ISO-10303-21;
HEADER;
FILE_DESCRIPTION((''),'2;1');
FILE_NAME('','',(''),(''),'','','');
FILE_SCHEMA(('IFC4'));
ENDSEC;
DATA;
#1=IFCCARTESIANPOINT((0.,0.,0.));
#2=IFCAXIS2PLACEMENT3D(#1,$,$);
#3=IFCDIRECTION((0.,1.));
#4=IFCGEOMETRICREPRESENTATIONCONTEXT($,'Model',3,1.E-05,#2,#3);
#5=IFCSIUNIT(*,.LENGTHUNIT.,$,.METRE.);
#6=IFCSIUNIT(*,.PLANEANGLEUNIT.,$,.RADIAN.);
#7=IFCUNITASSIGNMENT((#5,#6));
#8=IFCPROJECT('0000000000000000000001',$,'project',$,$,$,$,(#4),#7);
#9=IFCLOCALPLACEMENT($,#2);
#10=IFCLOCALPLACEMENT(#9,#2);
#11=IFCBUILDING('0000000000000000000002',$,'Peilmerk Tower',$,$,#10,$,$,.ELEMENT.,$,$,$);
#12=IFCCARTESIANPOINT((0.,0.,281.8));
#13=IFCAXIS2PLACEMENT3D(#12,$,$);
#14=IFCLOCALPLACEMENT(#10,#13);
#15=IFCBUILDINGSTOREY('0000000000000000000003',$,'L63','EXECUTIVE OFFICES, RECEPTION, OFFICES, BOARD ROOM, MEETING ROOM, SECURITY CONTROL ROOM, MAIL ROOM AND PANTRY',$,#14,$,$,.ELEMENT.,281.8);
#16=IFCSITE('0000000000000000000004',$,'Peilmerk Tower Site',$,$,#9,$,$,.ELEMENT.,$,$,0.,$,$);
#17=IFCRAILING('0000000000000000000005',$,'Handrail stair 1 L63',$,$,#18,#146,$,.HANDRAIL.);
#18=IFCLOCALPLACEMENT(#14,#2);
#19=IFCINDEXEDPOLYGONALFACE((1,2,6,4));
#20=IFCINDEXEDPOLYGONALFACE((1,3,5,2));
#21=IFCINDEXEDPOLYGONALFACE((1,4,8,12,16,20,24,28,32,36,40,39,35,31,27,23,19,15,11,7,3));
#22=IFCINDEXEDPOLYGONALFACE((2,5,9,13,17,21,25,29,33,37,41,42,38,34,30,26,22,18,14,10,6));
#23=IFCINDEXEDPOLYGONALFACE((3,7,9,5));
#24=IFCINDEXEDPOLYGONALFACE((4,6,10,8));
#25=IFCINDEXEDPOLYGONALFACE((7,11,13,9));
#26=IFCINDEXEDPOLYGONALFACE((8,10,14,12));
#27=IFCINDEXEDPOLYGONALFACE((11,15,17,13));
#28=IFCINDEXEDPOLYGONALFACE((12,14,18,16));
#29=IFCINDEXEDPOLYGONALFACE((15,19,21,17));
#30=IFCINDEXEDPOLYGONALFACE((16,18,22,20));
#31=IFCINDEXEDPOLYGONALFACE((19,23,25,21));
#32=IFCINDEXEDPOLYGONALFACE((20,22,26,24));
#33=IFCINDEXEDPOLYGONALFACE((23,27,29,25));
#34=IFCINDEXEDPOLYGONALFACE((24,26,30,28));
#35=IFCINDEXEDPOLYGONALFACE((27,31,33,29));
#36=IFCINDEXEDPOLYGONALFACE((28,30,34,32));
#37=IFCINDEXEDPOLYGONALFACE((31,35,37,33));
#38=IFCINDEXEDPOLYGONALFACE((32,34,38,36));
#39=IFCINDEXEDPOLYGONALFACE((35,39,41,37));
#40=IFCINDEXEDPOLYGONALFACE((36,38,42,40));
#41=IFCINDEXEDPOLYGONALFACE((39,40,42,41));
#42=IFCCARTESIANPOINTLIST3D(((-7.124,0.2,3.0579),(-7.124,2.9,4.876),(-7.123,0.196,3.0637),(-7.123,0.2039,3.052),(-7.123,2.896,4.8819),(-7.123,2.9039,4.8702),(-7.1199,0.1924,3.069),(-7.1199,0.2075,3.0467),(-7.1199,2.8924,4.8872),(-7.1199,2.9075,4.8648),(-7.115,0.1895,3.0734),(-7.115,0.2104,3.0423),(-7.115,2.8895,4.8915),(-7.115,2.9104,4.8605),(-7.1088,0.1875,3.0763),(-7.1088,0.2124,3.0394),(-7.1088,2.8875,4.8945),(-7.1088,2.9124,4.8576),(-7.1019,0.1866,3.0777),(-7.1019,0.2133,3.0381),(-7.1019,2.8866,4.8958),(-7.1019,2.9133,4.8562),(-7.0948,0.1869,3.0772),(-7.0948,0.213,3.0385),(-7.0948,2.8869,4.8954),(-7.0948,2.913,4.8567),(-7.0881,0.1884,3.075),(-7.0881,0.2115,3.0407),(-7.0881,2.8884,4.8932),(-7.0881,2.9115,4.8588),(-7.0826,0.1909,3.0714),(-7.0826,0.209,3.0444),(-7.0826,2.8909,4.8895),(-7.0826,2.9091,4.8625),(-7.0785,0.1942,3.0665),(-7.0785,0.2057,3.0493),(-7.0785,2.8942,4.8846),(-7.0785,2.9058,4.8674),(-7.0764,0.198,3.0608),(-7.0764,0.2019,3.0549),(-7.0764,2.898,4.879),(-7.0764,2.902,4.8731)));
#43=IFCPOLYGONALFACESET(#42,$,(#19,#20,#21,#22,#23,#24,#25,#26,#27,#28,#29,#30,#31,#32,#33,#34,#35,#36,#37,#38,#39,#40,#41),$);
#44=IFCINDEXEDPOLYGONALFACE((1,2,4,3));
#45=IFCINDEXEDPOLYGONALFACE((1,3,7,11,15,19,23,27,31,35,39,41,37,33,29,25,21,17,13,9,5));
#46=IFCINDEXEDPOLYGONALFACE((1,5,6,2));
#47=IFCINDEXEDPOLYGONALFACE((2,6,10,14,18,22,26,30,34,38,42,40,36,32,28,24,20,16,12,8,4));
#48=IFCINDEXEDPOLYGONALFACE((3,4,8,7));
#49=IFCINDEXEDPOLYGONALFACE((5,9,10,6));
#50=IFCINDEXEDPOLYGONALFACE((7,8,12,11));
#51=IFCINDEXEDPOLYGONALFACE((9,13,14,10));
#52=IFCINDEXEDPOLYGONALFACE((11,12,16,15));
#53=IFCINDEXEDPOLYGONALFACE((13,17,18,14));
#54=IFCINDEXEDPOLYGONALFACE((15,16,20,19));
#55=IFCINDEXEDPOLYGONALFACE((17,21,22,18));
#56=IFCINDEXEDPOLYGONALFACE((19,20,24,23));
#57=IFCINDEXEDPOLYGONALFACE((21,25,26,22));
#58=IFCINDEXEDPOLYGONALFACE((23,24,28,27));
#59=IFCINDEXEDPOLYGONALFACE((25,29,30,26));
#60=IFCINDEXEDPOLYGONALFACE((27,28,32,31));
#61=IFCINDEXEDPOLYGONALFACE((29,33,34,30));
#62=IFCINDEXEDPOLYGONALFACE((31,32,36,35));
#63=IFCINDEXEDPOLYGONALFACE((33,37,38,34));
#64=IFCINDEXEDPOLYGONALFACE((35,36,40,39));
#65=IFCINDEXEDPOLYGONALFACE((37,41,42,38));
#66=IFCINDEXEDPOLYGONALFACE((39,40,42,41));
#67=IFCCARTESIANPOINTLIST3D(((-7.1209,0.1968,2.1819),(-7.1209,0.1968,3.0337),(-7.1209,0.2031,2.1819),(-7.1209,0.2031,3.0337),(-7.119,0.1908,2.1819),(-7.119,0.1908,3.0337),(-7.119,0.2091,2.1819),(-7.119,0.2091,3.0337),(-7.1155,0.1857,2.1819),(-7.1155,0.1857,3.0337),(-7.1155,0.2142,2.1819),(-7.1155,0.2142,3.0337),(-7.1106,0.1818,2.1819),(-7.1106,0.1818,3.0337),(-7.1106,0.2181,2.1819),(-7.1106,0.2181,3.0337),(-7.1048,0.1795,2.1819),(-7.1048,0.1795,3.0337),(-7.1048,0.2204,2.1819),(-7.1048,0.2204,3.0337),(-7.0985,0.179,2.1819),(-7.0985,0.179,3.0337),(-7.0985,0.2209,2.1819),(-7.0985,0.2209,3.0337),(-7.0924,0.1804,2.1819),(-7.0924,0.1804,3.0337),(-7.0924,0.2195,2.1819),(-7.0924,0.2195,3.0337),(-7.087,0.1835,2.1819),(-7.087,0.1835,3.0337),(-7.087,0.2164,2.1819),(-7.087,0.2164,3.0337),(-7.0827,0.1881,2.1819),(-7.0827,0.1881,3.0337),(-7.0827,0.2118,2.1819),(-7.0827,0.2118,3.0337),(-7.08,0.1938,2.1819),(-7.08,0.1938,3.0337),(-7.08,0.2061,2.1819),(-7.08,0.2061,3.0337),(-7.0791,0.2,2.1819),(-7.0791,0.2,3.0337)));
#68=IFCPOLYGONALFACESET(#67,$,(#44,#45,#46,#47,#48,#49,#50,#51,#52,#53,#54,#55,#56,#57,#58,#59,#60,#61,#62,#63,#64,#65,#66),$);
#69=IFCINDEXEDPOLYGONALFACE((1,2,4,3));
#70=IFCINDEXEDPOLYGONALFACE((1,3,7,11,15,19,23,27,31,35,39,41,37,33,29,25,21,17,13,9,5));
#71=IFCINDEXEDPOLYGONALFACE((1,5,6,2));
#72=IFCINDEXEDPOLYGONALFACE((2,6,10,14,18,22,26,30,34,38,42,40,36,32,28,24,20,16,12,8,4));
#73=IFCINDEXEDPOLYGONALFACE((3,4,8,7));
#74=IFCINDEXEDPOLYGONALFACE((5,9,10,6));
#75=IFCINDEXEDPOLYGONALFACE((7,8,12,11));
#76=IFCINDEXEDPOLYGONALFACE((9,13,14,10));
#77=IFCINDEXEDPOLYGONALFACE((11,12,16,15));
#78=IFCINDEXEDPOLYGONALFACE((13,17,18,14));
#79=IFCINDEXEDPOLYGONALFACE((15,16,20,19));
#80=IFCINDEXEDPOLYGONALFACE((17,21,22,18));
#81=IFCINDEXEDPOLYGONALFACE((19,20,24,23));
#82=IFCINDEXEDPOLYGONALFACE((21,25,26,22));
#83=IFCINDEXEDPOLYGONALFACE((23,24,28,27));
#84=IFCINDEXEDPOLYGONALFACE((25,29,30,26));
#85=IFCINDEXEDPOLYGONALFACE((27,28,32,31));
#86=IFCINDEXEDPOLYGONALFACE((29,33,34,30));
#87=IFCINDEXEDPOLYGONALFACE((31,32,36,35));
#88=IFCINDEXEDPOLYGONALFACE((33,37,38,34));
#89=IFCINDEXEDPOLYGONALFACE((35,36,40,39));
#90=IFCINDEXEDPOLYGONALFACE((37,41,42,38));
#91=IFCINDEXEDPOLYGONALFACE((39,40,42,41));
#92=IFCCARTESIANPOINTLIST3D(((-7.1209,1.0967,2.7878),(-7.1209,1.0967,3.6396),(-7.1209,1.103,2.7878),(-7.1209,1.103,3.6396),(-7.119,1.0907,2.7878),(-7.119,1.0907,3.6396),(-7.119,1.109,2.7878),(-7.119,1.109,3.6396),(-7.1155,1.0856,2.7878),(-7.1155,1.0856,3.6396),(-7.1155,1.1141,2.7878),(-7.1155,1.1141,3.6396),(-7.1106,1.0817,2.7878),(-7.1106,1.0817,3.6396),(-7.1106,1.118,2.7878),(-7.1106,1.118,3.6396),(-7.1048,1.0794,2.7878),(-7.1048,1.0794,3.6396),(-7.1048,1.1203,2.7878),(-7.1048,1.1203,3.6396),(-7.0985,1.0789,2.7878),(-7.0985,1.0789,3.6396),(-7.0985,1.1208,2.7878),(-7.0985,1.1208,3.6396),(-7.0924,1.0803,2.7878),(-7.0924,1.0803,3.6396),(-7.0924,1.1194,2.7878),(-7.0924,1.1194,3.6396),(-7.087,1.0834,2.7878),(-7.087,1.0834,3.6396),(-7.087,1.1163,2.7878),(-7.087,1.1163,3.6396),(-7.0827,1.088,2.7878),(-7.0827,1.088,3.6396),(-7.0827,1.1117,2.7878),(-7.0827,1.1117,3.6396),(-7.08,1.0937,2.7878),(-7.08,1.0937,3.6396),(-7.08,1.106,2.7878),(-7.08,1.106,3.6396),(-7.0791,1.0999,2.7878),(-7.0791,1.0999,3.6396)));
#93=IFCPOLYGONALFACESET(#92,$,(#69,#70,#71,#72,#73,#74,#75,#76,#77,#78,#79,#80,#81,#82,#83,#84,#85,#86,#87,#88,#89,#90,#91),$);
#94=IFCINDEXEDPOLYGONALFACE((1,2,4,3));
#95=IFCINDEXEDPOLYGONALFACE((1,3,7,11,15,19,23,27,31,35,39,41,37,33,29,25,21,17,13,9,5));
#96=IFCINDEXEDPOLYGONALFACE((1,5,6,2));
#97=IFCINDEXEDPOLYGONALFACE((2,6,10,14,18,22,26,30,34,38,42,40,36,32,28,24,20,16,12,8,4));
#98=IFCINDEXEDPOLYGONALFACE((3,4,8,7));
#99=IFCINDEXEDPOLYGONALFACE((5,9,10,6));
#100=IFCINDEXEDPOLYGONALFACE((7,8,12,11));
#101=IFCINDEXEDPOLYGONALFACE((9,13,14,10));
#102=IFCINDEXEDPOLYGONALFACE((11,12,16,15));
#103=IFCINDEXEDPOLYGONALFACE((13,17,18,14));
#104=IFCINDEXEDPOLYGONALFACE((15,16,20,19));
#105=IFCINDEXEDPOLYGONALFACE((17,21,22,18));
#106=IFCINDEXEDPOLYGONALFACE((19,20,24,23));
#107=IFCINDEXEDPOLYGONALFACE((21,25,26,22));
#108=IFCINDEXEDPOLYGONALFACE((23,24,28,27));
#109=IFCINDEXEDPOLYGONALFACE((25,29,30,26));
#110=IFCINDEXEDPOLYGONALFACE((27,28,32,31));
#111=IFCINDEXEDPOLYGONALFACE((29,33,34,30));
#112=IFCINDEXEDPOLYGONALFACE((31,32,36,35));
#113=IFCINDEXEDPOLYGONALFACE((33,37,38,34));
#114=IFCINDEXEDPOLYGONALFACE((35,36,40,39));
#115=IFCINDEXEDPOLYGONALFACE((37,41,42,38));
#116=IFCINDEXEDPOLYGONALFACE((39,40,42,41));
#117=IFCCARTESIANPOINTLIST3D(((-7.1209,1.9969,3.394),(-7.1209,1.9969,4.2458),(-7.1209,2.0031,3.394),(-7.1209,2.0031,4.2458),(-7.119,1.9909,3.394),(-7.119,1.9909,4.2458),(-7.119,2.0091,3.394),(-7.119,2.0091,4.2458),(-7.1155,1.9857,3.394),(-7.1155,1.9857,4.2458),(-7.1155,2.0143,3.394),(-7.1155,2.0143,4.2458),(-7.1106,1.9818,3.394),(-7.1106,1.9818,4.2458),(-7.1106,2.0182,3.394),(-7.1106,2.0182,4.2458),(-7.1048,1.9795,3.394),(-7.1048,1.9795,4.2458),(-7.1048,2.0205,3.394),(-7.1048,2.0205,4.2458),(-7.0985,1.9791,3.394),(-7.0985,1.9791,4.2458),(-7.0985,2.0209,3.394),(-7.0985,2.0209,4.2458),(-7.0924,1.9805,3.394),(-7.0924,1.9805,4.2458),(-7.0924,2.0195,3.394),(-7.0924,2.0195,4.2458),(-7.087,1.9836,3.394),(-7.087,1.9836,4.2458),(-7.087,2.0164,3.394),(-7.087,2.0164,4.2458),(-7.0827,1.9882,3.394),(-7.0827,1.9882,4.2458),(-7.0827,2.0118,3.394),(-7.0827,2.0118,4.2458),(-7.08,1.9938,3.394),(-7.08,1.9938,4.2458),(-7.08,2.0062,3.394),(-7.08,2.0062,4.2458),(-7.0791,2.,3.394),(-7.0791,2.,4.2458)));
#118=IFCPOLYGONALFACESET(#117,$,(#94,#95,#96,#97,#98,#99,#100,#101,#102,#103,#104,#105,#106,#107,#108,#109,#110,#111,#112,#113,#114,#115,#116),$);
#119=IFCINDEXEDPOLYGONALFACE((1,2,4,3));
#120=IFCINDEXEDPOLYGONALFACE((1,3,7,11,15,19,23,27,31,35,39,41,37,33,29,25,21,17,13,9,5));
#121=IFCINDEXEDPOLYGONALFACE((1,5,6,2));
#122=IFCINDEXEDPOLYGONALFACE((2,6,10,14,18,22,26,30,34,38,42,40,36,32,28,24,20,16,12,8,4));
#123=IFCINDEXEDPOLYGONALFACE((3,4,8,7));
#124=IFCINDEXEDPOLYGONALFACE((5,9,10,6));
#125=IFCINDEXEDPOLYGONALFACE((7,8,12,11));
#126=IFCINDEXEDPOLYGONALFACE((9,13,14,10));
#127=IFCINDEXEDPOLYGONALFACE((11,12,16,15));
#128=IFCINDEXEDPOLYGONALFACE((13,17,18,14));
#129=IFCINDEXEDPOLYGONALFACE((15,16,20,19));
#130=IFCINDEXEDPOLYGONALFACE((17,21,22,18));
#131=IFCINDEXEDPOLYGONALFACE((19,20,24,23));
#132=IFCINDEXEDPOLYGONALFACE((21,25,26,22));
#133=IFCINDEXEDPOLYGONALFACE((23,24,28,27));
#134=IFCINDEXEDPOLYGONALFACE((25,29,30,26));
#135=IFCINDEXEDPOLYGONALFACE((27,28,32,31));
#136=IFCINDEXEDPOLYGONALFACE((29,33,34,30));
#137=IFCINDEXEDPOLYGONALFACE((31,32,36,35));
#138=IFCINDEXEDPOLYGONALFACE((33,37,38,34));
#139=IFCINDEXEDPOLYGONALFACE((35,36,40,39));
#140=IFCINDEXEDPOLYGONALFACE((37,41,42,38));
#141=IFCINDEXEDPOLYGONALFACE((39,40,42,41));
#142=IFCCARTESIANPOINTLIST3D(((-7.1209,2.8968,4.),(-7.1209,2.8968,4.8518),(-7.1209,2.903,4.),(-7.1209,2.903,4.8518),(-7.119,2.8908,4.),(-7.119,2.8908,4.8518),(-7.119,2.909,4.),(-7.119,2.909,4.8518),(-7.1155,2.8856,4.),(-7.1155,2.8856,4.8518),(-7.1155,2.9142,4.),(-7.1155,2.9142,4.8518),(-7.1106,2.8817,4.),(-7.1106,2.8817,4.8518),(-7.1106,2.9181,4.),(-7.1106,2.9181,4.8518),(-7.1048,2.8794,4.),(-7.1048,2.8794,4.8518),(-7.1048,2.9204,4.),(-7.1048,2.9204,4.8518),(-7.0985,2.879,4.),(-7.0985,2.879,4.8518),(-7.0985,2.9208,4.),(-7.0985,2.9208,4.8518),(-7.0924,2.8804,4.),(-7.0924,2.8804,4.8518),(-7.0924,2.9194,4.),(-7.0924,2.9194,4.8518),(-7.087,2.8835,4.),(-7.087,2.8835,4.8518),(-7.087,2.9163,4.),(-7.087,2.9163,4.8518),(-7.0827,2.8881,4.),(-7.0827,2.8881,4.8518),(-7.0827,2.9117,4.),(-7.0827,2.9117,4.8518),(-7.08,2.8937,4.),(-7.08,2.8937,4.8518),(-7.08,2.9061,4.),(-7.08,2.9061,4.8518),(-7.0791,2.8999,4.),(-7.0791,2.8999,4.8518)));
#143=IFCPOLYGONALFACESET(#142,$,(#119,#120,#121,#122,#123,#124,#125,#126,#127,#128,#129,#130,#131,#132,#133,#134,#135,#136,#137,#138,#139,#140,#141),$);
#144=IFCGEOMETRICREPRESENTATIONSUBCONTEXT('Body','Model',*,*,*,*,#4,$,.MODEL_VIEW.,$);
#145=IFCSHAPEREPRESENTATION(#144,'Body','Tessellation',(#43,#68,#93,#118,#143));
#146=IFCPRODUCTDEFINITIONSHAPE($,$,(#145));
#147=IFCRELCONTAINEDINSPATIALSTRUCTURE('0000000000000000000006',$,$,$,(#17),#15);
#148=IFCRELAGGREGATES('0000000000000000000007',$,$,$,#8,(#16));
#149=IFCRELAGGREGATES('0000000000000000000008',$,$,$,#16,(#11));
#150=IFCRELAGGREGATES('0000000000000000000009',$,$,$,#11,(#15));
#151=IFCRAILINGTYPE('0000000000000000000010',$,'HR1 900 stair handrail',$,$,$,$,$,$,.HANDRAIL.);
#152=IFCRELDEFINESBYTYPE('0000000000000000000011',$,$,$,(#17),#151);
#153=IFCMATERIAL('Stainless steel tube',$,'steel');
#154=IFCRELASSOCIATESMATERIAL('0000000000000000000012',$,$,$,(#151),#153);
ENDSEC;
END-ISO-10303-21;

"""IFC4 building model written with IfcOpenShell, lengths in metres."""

from ifc_helpers import new_model, si_unit, direction, frame, origin, origin_2d, place, context, subcontext, project, spatial, circle, extrude, material, type_object, element, save


model = new_model("IFC4")

# Units and contexts
model_context = context("Model", 3, precision=1e-05, world=origin(), true_north=direction((0.0, 1.0)))
body_context = subcontext(model_context, "Body", "Model", "MODEL_VIEW")
ifc_project = project(units=[si_unit("LENGTHUNIT", "METRE"), si_unit("PLANEANGLEUNIT", "RADIAN")], contexts=[model_context])

# Site, building, storey
site_placement = place(None, origin())
site = spatial("IfcSite", under=ifc_project, at=site_placement, Name="Peilmerk Tower Site", CompositionType="ELEMENT", RefElevation=0.0)
building_placement = place(site_placement, origin())
building = spatial("IfcBuilding", under=site, at=building_placement, Name="Peilmerk Tower", CompositionType="ELEMENT")
storey_placement = place(building_placement, frame((0.0, 0.0, 281.8)))
storey = spatial("IfcBuildingStorey", under=building, at=storey_placement, Name="L63", Description="EXECUTIVE OFFICES, RECEPTION, OFFICES, BOARD ROOM, MEETING ROOM, SECURITY CONTROL ROOM, MAIL ROOM AND PANTRY", CompositionType="ELEMENT", Elevation=281.8)

# Railing
ifc_material_1 = material(Name="Stainless steel tube", Category="steel")
railing_type_1 = type_object("IfcRailingType", Name="HR1 900 stair handrail", PredefinedType="HANDRAIL", material=ifc_material_1)
railing_1_placement = place(storey_placement, frame((-7.1001, 0.2, 2.1819)))
element("IfcRailing", 1, at=railing_1_placement, inside=storey, type_object=railing_type_1, Name="Handrail stair 1 L63", PredefinedType="HANDRAIL", context=body_context, shape_type="SweptSolid", body=[
    extrude(circle(Radius=0.0239, at=origin_2d()), frame((0.0, 0.0, 0.876), z_axis=(0.0, 0.829468, 0.558554), x_axis=(-1.0, 0.0, 0.0)), (0.0, 0.0, 1.0), 3.2551),
    extrude(circle(Radius=0.021, at=origin_2d()), origin(), (0.0, 0.0, 1.0), 0.8518),
    extrude(circle(Radius=0.021, at=origin_2d()), frame((0.0, 0.8999, 0.606)), (0.0, 0.0, 1.0), 0.8518),
    extrude(circle(Radius=0.021, at=origin_2d()), frame((0.0, 1.8, 1.2122)), (0.0, 0.0, 1.0), 0.8518),
    extrude(circle(Radius=0.021, at=origin_2d()), frame((0.0, 2.7, 1.8181)), (0.0, 0.0, 1.0), 0.8518),
])

save(model, "model.ifc")
